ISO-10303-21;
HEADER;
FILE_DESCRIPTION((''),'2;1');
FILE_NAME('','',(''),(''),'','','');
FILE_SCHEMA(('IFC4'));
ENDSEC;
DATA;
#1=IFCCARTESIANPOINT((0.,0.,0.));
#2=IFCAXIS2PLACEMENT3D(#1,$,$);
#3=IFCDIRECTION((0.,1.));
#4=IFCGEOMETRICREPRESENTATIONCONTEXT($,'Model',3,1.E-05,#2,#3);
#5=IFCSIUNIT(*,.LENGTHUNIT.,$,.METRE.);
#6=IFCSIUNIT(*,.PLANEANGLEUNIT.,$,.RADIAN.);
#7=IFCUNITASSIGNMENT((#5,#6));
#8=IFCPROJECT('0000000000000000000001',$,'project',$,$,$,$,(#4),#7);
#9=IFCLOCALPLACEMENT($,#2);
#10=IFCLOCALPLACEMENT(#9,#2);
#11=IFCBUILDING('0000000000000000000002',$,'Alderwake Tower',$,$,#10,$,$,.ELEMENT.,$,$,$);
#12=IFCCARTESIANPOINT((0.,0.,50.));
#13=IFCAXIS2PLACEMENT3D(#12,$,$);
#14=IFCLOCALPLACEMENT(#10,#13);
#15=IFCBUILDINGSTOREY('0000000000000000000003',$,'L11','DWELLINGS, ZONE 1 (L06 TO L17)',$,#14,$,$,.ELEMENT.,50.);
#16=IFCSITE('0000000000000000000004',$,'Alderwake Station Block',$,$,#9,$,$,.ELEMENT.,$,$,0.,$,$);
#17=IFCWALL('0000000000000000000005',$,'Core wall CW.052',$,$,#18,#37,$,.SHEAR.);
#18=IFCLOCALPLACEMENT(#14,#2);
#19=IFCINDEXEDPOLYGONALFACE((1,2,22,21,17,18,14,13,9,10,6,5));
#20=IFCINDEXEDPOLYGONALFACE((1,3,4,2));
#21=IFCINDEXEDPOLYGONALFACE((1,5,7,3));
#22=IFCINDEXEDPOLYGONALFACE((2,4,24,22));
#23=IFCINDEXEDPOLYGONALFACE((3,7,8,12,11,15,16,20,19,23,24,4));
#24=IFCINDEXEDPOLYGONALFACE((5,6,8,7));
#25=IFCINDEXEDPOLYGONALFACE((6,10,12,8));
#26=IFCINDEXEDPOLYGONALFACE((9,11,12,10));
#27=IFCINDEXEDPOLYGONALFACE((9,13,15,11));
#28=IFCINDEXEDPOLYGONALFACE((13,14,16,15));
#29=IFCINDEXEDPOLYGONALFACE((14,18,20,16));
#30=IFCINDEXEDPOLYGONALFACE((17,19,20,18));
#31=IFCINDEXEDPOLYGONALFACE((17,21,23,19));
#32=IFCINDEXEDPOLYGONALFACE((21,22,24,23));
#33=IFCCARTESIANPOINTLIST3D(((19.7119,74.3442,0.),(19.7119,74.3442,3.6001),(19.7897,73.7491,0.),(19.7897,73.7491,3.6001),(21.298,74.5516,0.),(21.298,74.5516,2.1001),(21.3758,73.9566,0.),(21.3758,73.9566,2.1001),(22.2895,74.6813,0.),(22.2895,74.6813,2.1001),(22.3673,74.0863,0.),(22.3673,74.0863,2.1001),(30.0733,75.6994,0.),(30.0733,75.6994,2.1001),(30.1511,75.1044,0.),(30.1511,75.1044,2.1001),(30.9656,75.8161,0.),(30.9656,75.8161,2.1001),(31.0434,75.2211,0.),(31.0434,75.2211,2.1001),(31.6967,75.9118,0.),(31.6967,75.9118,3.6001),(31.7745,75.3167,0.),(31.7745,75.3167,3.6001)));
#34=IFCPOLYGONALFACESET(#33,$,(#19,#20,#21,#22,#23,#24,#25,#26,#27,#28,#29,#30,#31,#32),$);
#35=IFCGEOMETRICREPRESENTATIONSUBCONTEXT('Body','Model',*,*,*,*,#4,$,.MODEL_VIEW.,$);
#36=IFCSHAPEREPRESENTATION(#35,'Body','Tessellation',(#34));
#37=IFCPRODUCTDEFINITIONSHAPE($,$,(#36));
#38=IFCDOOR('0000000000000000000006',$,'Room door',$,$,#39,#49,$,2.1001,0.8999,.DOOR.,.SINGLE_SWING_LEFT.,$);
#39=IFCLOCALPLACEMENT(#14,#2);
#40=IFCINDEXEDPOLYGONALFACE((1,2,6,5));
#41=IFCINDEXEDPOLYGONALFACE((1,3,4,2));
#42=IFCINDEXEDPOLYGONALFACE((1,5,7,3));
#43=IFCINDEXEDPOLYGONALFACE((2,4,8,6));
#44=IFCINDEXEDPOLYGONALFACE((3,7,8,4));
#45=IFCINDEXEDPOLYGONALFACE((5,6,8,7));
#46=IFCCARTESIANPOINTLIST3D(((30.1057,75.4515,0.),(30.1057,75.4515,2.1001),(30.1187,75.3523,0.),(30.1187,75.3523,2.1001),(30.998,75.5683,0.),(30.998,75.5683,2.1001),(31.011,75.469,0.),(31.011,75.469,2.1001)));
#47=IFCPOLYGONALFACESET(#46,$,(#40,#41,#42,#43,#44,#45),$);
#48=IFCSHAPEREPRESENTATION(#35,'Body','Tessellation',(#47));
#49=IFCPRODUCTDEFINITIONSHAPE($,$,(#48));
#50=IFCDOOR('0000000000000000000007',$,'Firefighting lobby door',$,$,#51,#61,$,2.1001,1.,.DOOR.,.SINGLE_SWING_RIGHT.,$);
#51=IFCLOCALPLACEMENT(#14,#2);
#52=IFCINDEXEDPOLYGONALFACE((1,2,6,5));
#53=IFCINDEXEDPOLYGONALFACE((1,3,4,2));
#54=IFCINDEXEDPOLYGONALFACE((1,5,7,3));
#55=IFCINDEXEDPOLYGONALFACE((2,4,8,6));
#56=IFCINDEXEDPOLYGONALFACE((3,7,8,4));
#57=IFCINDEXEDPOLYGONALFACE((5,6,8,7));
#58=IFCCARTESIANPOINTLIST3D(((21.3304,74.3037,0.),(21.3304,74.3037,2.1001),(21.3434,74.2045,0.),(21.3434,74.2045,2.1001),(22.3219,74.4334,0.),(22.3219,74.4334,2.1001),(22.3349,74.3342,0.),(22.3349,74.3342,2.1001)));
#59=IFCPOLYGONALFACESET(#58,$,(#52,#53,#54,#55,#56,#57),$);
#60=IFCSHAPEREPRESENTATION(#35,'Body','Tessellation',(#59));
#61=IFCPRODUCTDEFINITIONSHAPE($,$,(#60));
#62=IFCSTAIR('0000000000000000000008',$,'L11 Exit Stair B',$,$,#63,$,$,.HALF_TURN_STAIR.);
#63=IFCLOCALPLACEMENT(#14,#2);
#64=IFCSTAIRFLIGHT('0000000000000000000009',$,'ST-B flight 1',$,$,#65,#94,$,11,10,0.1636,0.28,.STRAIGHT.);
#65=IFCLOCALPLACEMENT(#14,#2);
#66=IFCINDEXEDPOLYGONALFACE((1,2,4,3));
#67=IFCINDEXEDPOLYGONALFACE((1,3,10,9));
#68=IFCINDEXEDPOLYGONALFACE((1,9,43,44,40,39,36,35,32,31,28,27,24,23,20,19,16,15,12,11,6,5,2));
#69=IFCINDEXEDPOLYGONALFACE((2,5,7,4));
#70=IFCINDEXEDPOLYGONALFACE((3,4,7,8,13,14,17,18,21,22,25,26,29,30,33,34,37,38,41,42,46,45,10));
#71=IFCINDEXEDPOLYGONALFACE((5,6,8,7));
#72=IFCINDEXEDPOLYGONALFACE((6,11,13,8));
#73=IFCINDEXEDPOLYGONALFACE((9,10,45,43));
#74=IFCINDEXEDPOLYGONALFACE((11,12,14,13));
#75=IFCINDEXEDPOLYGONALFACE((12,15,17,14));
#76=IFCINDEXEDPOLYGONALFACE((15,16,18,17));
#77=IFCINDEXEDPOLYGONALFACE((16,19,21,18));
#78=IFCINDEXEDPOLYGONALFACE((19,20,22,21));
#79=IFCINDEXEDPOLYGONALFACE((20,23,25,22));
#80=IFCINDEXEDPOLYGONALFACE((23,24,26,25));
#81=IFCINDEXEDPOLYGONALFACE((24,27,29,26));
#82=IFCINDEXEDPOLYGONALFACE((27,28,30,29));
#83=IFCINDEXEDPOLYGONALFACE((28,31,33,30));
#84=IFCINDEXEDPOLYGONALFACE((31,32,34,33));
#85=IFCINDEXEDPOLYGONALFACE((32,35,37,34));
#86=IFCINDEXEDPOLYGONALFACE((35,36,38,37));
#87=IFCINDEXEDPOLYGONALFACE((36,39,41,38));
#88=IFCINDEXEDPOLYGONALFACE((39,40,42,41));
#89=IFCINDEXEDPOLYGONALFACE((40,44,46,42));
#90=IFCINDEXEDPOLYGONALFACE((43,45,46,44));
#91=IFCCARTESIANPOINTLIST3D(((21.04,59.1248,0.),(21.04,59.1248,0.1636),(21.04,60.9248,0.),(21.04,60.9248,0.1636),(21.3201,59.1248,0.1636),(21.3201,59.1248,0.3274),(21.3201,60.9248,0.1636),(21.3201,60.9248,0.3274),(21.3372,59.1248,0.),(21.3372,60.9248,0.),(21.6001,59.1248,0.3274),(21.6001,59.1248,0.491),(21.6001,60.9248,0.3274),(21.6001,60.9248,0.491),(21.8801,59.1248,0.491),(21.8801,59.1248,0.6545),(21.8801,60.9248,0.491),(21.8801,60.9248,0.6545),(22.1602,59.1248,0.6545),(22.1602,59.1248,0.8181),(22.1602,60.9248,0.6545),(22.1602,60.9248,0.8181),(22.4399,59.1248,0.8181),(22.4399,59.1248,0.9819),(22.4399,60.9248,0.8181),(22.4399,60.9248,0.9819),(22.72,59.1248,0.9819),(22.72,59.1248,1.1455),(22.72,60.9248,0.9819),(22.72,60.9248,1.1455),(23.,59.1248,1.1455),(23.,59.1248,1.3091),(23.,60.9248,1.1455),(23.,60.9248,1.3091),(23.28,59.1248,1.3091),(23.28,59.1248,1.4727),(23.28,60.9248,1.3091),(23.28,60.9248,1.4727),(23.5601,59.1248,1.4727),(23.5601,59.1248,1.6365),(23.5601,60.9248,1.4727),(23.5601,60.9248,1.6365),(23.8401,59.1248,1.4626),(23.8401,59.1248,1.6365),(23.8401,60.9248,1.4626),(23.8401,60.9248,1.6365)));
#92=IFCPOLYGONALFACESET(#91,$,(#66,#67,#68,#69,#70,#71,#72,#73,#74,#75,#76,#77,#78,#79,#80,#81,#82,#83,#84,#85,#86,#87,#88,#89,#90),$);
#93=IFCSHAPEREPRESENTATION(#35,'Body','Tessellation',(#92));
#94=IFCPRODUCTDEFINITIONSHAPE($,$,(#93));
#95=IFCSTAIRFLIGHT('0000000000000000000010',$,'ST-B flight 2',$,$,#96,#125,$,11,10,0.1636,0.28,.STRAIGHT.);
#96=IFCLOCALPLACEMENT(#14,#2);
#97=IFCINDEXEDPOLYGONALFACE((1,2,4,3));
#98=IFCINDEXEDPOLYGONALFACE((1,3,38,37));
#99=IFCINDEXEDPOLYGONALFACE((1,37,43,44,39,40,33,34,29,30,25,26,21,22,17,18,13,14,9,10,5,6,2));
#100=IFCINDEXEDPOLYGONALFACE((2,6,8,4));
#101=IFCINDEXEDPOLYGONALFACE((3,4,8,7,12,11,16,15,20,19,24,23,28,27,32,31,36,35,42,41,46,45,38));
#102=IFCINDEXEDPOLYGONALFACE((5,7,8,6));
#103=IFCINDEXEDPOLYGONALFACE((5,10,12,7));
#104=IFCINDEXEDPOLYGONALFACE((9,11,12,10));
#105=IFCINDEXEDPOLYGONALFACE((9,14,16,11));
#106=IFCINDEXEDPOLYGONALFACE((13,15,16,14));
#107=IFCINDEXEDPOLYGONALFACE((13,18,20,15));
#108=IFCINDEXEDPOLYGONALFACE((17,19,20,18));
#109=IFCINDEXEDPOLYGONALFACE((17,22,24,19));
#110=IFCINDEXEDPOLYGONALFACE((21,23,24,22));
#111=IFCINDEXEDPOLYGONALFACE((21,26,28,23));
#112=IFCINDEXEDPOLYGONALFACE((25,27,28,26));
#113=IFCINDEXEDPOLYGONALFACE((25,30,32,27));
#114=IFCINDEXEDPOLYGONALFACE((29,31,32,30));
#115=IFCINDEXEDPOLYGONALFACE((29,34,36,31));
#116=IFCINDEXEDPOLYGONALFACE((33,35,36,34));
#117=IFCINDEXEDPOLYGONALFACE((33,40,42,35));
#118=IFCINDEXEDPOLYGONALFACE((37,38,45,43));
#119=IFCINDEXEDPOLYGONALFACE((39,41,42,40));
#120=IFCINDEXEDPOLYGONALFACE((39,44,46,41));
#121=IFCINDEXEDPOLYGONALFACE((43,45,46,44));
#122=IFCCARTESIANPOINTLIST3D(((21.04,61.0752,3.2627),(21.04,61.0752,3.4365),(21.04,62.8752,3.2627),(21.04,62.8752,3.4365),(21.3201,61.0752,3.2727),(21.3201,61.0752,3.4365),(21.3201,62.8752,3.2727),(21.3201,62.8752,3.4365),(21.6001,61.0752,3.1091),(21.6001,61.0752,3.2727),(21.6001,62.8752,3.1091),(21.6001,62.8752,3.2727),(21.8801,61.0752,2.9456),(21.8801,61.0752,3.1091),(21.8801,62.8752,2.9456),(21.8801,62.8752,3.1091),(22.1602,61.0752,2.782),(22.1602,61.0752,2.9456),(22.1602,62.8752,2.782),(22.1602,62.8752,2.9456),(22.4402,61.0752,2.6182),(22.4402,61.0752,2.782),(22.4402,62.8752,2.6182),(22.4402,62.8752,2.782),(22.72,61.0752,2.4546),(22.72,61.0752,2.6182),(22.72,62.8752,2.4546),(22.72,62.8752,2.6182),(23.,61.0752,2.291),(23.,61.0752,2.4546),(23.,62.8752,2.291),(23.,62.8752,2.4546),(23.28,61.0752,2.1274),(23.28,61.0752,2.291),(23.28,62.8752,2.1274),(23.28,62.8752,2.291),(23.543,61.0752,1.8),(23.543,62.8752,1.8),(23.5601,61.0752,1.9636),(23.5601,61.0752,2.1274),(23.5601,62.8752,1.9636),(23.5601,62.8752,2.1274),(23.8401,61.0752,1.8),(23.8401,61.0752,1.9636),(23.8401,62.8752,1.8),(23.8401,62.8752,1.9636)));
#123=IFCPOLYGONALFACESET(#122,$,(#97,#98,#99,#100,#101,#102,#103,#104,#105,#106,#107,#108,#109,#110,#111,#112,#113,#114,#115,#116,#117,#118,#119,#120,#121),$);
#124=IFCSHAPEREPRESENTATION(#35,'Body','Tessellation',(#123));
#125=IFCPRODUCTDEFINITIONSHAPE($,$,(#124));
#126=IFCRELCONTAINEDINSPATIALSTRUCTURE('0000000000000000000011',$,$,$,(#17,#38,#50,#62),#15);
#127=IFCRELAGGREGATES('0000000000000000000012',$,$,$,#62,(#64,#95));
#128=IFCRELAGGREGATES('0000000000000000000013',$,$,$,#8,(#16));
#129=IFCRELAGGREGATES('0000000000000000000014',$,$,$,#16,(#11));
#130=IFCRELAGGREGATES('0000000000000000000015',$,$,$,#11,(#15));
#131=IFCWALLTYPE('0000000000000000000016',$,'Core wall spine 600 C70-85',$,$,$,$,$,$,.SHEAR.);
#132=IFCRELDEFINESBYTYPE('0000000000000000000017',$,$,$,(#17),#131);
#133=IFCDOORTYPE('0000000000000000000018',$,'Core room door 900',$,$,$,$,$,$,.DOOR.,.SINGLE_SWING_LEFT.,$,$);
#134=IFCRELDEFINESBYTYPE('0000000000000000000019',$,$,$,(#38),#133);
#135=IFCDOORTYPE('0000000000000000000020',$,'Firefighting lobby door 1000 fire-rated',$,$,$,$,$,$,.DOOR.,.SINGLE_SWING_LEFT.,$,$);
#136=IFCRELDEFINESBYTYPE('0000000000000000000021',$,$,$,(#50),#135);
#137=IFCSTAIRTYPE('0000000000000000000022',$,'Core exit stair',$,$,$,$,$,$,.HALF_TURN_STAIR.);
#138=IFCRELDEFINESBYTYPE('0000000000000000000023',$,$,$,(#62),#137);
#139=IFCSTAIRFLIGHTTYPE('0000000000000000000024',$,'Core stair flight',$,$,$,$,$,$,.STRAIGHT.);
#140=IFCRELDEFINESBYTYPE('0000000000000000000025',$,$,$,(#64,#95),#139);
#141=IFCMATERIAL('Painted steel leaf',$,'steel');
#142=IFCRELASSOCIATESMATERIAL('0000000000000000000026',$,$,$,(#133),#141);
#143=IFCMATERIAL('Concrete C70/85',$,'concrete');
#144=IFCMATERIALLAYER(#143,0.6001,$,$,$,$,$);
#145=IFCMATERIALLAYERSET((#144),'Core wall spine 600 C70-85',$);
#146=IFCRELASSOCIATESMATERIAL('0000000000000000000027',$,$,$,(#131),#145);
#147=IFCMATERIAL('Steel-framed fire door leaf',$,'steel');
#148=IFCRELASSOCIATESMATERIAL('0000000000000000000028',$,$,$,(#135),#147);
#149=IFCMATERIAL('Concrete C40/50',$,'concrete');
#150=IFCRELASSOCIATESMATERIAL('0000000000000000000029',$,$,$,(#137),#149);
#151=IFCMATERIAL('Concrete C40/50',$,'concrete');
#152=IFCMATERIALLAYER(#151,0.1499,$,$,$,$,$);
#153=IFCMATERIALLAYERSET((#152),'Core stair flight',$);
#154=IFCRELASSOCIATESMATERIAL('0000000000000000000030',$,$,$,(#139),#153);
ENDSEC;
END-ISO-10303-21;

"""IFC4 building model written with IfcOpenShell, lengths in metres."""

from ifc_helpers import new_model, si_unit, direction, frame, frame_2d, origin, place, context, subcontext, project, spatial, polyline, rectangle, outline, extrude, material, layer, layer_set, type_object, element, fill, aggregate, save


model = new_model("IFC4")

# Units and contexts
model_context = context("Model", 3, precision=1e-05, world=origin(), true_north=direction((0.0, 1.0)))
body_context = subcontext(model_context, "Body", "Model", "MODEL_VIEW")
ifc_project = project(units=[si_unit("LENGTHUNIT", "METRE"), si_unit("PLANEANGLEUNIT", "RADIAN")], contexts=[model_context])

# Site, building, storey
site_placement = place(None, origin())
site = spatial("IfcSite", under=ifc_project, at=site_placement, Name="Alderwake Station Block", CompositionType="ELEMENT", RefElevation=0.0)
building_placement = place(site_placement, origin())
building = spatial("IfcBuilding", under=site, at=building_placement, Name="Alderwake Tower", CompositionType="ELEMENT")
storey_placement = place(building_placement, frame((0.0, 0.0, 50.0)))
storey = spatial("IfcBuildingStorey", under=building, at=storey_placement, Name="L11", Description="DWELLINGS, ZONE 1 (L06 TO L17)", CompositionType="ELEMENT", Elevation=50.0)

# Shared definitions
ifc_material_1 = material(Name="Painted steel leaf", Category="steel")
door_type_1 = type_object("IfcDoorType", Name="Core room door 900", OperationType="SINGLE_SWING_LEFT", PredefinedType="DOOR", material=ifc_material_1)

# Shared definitions
ifc_material_2 = material(Name="Concrete C70/85", Category="concrete")
ifc_layer_1 = layer(ifc_material_2, 0.6001)
ifc_layer_set_1 = layer_set([ifc_layer_1], Name="Core wall spine 600 C70-85")
wall_type_1 = type_object("IfcWallType", Name="Core wall spine 600 C70-85", PredefinedType="SHEAR", material=ifc_layer_set_1)

# Wall, openings, doors
wall_1_placement = place(storey_placement, frame((31.7356, 75.6143, 0.0), z_axis=(0.0, 0.0, 1.0), x_axis=(-0.991554, -0.129696, 0.0)))
wall_1 = element("IfcWall", 1, at=wall_1_placement, inside=storey, type_object=wall_type_1, Name="Core wall CW.052", PredefinedType="SHEAR", context=body_context, shape_type="SweptSolid", body=[
    extrude(rectangle(XDim=12.0869, YDim=0.6001, at=frame_2d((6.0435, 0.0))), origin(), (0.0, 0.0, 1.0), 3.6001),
])
opening_1_placement = place(wall_1_placement, frame((9.4873, 0.0, 0.0)))
opening_1 = element("IfcOpeningElement", 2, at=opening_1_placement, cuts=wall_1, PredefinedType="OPENING", context=body_context, shape_type="SweptSolid", body=[
    extrude(rectangle(XDim=1.0, YDim=2.1001, at=frame_2d((0.5, 1.05))), frame((0.0, 0.3101, 0.0), z_axis=(0.0, -1.0, 0.0), x_axis=(1.0, 0.0, 0.0)), (0.0, 0.0, 1.0), 0.6201),
])
opening_2_placement = place(wall_1_placement, frame((0.7373, 0.0, 0.0)))
opening_2 = element("IfcOpeningElement", 3, at=opening_2_placement, cuts=wall_1, PredefinedType="OPENING", context=body_context, shape_type="SweptSolid", body=[
    extrude(rectangle(XDim=0.8999, YDim=2.1001, at=frame_2d((0.45, 1.05))), frame((0.0, 0.3101, 0.0), z_axis=(0.0, -1.0, 0.0), x_axis=(1.0, 0.0, 0.0)), (0.0, 0.0, 1.0), 0.6201),
])
door_1_placement = place(opening_2_placement, origin())
door_1 = element("IfcDoor", 4, at=door_1_placement, inside=storey, type_object=door_type_1, Name="Room door", OperationType="SINGLE_SWING_LEFT", OverallHeight=2.1001, OverallWidth=0.8999, PredefinedType="DOOR", context=body_context, shape_type="SweptSolid", body=[
    extrude(rectangle(XDim=0.8999, YDim=2.1001, at=frame_2d((0.45, 1.05))), frame((0.0, 0.05, 0.0), z_axis=(0.0, -1.0, 0.0), x_axis=(1.0, 0.0, 0.0)), (0.0, 0.0, 1.0), 0.1001),
])
fill(opening_2, door_1)
ifc_material_3 = material(Name="Steel-framed fire door leaf", Category="steel")
door_type_2 = type_object("IfcDoorType", Name="Firefighting lobby door 1000 fire-rated", OperationType="SINGLE_SWING_LEFT", PredefinedType="DOOR", material=ifc_material_3)
door_2_placement = place(opening_1_placement, origin())
door_2 = element("IfcDoor", 5, at=door_2_placement, inside=storey, type_object=door_type_2, Name="Firefighting lobby door", OperationType="SINGLE_SWING_RIGHT", OverallHeight=2.1001, OverallWidth=1.0, PredefinedType="DOOR", context=body_context, shape_type="SweptSolid", body=[
    extrude(rectangle(XDim=1.0, YDim=2.1001, at=frame_2d((0.5, 1.05))), frame((0.0, 0.05, 0.0), z_axis=(0.0, -1.0, 0.0), x_axis=(1.0, 0.0, 0.0)), (0.0, 0.0, 1.0), 0.1001),
])
fill(opening_1, door_2)

# Stair, stair flights
ifc_material_4 = material(Name="Concrete C40/50", Category="concrete")
stair_type = type_object("IfcStairType", Name="Core exit stair", PredefinedType="HALF_TURN_STAIR", material=ifc_material_4)
stair_placement = place(storey_placement, origin())
stair = element("IfcStair", 6, at=stair_placement, inside=storey, type_object=stair_type, Name="L11 Exit Stair B", PredefinedType="HALF_TURN_STAIR")
ifc_material_5 = material(Name="Concrete C40/50", Category="concrete")
ifc_layer_2 = layer(ifc_material_5, 0.1499)
ifc_layer_set_2 = layer_set([ifc_layer_2], Name="Core stair flight")
stair_flight_type = type_object("IfcStairFlightType", Name="Core stair flight", PredefinedType="STRAIGHT", material=ifc_layer_set_2)
stair_flight_1_placement = place(storey_placement, frame((21.04, 60.0249, 0.0), z_axis=(0.0, 0.0, 1.0), x_axis=(1.0, 0.0, 0.0)))
stair_flight_1 = element("IfcStairFlight", 7, at=stair_flight_1_placement, type_object=stair_flight_type, Name="ST-B flight 1", NumberOfRisers=11, NumberOfTreads=10, PredefinedType="STRAIGHT", RiserHeight=0.1636, TreadLength=0.28, context=body_context, shape_type="SweptSolid", body=[
    extrude(outline(polyline([(0.0, 0.0), (0.0, 0.1636), (0.28, 0.1636), (0.28, 0.3274), (0.5601, 0.3274), (0.5601, 0.491), (0.8401, 0.491), (0.8401, 0.6545), (1.1201, 0.6545), (1.1201, 0.8181), (1.3999, 0.8181), (1.3999, 0.9819), (1.6799, 0.9819), (1.6799, 1.1455), (1.96, 1.1455), (1.96, 1.3091), (2.24, 1.3091), (2.24, 1.4727), (2.52, 1.4727), (2.52, 1.6365), (2.8, 1.6365), (2.8, 1.8), (2.8, 1.4626), (0.2971, 0.0), (0.0, 0.0)])), frame((0.0, 0.8999, 0.0), z_axis=(0.0, -1.0, 0.0), x_axis=(1.0, 0.0, 0.0)), (0.0, 0.0, 1.0), 1.8),
])
stair_flight_2_placement = place(storey_placement, frame((23.8401, 61.9751, 1.8), z_axis=(0.0, 0.0, 1.0), x_axis=(-1.0, 0.0, 0.0)))
stair_flight_2 = element("IfcStairFlight", 8, at=stair_flight_2_placement, type_object=stair_flight_type, Name="ST-B flight 2", NumberOfRisers=11, NumberOfTreads=10, PredefinedType="STRAIGHT", RiserHeight=0.1636, TreadLength=0.28, context=body_context, shape_type="SweptSolid", body=[
    extrude(outline(polyline([(0.0, 0.0), (0.0, 0.1636), (0.28, 0.1636), (0.28, 0.3274), (0.5601, 0.3274), (0.5601, 0.491), (0.8401, 0.491), (0.8401, 0.6545), (1.1201, 0.6545), (1.1201, 0.8181), (1.3999, 0.8181), (1.3999, 0.9819), (1.6799, 0.9819), (1.6799, 1.1455), (1.96, 1.1455), (1.96, 1.3091), (2.24, 1.3091), (2.24, 1.4727), (2.52, 1.4727), (2.52, 1.6365), (2.8, 1.6365), (2.8, 1.8), (2.8, 1.4626), (0.2971, 0.0), (0.0, 0.0)])), frame((0.0, 0.8999, 0.0), z_axis=(0.0, -1.0, 0.0), x_axis=(1.0, 0.0, 0.0)), (0.0, 0.0, 1.0), 1.8),
])
aggregate(stair, [stair_flight_1, stair_flight_2])

save(model, "model.ifc")
